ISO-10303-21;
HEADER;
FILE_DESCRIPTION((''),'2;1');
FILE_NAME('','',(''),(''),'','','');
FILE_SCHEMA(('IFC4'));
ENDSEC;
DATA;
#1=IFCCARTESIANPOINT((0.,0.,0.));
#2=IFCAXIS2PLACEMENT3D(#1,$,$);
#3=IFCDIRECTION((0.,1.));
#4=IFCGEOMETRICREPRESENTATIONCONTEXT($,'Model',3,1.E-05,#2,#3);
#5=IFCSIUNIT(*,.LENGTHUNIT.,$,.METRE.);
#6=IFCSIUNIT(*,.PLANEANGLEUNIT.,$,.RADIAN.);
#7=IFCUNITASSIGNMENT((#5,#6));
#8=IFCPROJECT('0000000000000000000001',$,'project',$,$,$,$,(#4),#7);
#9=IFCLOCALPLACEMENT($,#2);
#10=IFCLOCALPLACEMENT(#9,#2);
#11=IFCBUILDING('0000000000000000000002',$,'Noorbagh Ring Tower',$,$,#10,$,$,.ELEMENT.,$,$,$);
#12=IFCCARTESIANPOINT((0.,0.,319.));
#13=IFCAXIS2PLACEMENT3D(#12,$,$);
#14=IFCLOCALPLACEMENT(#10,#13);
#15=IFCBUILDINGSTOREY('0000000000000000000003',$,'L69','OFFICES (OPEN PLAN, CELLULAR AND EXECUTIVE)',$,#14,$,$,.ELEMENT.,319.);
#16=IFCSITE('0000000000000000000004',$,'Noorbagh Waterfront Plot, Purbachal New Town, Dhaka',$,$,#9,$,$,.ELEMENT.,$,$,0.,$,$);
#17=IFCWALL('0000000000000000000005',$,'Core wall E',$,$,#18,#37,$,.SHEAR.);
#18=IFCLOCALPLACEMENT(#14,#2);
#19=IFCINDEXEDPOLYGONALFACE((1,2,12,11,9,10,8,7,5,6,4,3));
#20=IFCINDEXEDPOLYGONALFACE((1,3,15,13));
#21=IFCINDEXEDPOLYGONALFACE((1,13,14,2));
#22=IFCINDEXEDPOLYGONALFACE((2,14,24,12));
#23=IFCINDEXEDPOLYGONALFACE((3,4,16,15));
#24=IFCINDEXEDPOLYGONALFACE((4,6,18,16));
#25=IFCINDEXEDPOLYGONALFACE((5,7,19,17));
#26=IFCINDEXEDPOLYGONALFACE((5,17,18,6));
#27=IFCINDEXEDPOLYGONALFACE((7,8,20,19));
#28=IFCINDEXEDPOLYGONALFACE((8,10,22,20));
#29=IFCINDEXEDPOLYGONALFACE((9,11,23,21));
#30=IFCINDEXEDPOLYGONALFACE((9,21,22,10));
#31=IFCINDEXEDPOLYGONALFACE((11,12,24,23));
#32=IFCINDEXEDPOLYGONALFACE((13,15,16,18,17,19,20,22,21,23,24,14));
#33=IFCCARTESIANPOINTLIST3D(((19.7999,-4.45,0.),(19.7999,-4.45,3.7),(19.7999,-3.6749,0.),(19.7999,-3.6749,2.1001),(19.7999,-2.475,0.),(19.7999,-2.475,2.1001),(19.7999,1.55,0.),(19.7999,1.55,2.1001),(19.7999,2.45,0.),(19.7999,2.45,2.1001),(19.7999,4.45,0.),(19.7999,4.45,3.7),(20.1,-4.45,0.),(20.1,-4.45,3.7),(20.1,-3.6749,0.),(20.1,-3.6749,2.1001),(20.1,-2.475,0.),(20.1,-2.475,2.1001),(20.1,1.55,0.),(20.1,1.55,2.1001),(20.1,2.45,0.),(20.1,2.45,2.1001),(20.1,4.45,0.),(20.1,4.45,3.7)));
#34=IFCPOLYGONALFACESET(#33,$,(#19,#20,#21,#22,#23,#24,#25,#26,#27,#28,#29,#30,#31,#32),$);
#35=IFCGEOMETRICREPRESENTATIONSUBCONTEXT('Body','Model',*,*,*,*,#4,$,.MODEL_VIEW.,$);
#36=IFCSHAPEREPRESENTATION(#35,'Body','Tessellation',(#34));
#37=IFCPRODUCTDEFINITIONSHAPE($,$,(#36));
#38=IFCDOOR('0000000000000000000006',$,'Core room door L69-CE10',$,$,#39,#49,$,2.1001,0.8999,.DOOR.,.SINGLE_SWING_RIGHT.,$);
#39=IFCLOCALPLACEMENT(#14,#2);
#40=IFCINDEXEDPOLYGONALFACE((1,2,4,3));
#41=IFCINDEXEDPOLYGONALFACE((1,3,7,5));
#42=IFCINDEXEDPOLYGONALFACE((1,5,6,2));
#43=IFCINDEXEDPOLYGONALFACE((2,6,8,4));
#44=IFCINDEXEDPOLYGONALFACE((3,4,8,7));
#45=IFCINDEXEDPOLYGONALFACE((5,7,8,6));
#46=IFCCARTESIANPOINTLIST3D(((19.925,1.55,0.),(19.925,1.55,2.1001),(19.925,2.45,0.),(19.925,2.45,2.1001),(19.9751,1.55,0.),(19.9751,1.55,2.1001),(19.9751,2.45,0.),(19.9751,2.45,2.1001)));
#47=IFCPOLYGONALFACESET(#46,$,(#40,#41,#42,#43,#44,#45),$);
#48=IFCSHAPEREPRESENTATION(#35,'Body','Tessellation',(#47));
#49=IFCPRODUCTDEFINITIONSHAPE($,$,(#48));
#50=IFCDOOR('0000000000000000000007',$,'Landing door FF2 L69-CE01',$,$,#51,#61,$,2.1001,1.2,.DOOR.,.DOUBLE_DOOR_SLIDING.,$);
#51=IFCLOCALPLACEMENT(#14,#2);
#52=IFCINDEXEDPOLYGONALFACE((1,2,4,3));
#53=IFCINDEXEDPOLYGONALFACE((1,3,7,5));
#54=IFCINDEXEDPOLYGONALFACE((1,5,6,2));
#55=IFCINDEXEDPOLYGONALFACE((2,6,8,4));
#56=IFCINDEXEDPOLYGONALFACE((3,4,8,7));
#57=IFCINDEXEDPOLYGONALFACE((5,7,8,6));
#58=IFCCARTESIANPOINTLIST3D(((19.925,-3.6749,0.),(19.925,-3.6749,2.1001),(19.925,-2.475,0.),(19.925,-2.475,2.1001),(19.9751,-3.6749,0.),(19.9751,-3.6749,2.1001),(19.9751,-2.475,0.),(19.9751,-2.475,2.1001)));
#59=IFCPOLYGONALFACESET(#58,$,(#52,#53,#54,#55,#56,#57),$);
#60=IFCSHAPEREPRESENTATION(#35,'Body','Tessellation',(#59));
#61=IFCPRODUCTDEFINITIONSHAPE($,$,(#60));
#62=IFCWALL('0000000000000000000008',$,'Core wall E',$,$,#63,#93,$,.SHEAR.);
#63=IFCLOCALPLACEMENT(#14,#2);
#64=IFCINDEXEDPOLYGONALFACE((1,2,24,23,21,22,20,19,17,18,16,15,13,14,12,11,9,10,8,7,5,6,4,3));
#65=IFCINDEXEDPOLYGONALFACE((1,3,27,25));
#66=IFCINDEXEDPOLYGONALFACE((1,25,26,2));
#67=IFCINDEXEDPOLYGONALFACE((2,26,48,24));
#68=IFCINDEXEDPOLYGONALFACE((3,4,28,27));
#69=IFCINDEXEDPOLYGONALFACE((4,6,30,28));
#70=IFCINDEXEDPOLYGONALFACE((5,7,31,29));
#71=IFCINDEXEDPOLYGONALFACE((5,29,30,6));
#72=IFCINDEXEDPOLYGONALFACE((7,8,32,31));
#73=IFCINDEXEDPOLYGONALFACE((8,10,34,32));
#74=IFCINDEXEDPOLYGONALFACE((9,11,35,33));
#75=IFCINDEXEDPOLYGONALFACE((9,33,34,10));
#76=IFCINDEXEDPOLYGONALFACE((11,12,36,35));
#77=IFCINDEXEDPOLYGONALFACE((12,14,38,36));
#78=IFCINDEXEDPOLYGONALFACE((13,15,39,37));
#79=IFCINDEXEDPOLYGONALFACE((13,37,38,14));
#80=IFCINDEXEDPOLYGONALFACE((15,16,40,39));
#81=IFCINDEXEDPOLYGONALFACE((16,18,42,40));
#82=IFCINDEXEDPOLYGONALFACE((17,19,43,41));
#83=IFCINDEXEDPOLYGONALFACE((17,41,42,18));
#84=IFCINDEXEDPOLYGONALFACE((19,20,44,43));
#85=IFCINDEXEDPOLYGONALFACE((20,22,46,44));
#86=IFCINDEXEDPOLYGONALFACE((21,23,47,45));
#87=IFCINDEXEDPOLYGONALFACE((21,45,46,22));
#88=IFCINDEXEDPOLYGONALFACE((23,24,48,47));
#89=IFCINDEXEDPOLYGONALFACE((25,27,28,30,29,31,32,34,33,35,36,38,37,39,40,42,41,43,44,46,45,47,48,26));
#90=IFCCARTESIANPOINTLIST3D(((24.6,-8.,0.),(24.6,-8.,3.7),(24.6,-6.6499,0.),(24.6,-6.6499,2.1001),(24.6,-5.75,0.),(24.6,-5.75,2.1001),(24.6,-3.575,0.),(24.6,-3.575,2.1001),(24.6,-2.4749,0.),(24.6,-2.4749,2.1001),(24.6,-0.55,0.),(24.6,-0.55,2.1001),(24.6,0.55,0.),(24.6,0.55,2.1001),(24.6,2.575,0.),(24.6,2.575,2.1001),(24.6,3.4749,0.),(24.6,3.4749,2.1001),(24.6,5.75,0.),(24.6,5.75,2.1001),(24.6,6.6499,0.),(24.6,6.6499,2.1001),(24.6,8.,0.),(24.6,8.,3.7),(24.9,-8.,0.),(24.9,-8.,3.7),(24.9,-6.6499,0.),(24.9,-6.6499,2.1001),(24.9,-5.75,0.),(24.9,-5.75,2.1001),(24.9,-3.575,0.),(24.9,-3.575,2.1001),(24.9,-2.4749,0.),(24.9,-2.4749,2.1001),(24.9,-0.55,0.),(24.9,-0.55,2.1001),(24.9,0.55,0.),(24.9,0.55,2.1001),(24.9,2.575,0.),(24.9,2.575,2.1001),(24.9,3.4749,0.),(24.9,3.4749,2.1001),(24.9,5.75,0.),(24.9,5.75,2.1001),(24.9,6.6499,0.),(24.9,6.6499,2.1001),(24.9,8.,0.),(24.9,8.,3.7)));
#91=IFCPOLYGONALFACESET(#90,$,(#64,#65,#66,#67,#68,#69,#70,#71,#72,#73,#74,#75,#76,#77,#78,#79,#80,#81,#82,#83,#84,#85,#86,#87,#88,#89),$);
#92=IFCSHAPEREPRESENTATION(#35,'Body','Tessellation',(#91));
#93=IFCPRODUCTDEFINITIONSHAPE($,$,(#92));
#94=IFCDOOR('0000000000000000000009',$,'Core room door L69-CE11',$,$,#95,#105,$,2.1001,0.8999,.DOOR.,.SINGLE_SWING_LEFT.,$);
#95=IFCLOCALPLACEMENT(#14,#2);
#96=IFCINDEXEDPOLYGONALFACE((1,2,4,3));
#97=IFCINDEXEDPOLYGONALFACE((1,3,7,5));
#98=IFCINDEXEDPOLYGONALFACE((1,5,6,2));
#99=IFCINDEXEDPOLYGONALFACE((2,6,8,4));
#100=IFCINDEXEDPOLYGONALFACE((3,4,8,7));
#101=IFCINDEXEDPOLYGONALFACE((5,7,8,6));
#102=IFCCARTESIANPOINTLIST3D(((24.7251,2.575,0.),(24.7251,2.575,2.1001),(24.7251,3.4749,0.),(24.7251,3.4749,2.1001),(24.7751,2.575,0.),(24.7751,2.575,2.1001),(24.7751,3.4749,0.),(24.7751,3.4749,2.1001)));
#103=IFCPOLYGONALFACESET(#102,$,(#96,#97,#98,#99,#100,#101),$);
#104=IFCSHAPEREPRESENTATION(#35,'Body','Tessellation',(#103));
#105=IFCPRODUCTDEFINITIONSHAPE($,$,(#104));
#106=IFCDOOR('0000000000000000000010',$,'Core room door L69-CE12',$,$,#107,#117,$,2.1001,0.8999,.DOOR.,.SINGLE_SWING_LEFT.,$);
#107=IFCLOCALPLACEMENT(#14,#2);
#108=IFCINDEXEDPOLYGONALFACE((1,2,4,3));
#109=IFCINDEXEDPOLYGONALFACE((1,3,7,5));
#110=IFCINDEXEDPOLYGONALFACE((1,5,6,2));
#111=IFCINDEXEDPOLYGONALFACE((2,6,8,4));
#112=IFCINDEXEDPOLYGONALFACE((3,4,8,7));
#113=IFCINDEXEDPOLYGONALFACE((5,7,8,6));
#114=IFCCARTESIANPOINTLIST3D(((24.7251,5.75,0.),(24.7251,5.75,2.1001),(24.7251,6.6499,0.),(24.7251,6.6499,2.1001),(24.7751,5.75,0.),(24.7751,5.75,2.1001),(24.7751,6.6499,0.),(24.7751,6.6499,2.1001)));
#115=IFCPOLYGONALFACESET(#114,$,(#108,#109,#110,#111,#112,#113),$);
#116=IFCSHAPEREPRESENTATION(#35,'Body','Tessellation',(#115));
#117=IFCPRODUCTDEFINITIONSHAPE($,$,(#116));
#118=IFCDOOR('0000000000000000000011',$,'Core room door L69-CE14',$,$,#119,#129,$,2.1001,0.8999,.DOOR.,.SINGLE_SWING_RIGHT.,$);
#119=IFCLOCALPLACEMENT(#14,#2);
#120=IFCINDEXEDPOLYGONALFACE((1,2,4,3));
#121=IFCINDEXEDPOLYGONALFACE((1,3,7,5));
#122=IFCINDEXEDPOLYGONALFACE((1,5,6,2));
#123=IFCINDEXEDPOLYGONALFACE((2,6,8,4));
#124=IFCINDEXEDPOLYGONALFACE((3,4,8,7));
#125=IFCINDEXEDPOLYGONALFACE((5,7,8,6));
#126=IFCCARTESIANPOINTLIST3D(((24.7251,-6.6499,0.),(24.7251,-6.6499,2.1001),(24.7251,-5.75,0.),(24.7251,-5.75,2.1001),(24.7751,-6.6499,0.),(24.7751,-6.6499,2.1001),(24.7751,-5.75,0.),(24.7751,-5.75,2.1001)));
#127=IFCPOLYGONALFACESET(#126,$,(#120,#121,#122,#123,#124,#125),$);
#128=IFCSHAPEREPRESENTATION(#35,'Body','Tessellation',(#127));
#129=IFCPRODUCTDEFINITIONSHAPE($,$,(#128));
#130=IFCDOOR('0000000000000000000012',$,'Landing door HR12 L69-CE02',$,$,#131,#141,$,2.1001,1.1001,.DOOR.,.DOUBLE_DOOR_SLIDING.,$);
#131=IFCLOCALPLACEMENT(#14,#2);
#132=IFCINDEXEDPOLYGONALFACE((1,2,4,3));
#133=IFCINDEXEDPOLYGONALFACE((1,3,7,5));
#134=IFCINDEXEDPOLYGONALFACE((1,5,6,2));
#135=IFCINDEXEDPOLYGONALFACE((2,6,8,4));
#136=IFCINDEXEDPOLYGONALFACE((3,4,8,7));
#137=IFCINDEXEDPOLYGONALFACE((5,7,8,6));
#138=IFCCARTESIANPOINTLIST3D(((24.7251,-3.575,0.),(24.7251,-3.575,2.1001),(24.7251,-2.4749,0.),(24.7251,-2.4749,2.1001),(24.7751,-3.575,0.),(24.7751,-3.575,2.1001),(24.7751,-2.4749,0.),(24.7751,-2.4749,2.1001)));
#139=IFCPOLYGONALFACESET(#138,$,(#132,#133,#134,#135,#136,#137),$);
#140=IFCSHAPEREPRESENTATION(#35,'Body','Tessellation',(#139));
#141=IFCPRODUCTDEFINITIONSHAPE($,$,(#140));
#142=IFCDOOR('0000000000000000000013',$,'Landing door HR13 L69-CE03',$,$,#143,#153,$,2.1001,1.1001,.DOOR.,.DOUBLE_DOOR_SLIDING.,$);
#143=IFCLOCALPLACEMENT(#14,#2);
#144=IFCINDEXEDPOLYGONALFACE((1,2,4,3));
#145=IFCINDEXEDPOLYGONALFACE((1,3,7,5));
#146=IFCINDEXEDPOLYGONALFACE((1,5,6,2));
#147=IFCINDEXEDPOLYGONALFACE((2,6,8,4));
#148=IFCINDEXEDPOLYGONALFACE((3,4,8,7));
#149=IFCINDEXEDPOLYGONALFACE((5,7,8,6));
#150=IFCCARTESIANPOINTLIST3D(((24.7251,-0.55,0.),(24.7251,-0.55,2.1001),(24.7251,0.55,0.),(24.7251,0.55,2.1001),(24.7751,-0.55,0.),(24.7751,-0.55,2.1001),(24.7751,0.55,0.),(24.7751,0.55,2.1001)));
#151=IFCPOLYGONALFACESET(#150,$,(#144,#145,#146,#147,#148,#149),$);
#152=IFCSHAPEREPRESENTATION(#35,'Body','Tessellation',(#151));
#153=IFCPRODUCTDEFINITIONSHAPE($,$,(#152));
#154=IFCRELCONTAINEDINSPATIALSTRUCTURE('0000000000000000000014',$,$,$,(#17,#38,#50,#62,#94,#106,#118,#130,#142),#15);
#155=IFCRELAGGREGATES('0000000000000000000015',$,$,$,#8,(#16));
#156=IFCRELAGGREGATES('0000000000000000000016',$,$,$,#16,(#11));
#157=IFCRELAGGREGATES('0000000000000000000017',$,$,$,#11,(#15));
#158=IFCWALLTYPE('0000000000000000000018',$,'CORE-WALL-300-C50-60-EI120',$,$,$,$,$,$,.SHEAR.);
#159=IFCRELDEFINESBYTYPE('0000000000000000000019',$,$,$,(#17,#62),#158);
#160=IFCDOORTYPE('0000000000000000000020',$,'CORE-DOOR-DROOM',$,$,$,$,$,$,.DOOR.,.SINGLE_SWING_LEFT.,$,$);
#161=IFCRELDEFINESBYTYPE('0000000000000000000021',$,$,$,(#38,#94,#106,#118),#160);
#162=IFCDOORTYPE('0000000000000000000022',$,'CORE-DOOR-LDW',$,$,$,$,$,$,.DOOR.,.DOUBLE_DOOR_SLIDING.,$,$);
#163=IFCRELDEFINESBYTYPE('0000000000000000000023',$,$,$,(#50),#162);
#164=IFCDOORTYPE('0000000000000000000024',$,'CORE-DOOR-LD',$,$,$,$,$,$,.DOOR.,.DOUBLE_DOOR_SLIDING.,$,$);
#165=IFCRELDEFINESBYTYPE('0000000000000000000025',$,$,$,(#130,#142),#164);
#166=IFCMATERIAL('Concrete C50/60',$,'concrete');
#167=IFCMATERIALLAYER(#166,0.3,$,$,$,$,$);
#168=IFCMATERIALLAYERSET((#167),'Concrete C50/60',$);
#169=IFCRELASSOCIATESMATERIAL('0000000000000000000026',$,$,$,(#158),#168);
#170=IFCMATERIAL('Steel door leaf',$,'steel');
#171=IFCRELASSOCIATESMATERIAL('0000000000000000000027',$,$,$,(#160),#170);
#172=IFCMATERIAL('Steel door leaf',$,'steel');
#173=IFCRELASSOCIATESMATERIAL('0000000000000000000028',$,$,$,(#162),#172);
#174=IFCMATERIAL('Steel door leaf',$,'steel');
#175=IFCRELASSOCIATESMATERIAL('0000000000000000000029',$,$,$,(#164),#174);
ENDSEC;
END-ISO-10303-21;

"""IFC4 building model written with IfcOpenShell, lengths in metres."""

from ifc_helpers import new_model, si_unit, direction, frame, frame_2d, origin, place, context, subcontext, project, spatial, rectangle, extrude, material, layer, layer_set, type_object, element, fill, save


model = new_model("IFC4")

# Units and contexts
model_context = context("Model", 3, precision=1e-05, world=origin(), true_north=direction((0.0, 1.0)))
body_context = subcontext(model_context, "Body", "Model", "MODEL_VIEW")
ifc_project = project(units=[si_unit("LENGTHUNIT", "METRE"), si_unit("PLANEANGLEUNIT", "RADIAN")], contexts=[model_context])

# Site, building, storey
site_placement = place(None, origin())
site = spatial("IfcSite", under=ifc_project, at=site_placement, Name="Noorbagh Waterfront Plot, Purbachal New Town, Dhaka", CompositionType="ELEMENT", RefElevation=0.0)
building_placement = place(site_placement, origin())
building = spatial("IfcBuilding", under=site, at=building_placement, Name="Noorbagh Ring Tower", CompositionType="ELEMENT")
storey_placement = place(building_placement, frame((0.0, 0.0, 319.0)))
storey = spatial("IfcBuildingStorey", under=building, at=storey_placement, Name="L69", Description="OFFICES (OPEN PLAN, CELLULAR AND EXECUTIVE)", CompositionType="ELEMENT", Elevation=319.0)

# Shared definitions
ifc_material_1 = material(Name="Concrete C50/60", Category="concrete")
ifc_layer_1 = layer(ifc_material_1, 0.3)
ifc_layer_set_1 = layer_set([ifc_layer_1], Name="Concrete C50/60")
wall_type_1 = type_object("IfcWallType", Name="CORE-WALL-300-C50-60-EI120", PredefinedType="SHEAR", material=ifc_layer_set_1)

# Walls, openings, doors
wall_1_placement = place(storey_placement, frame((19.95, -4.45, 0.0), z_axis=(0.0, 0.0, 1.0), x_axis=(0.0, 1.0, 0.0)))
wall_1 = element("IfcWall", 1, at=wall_1_placement, inside=storey, type_object=wall_type_1, Name="Core wall E", PredefinedType="SHEAR", context=body_context, shape_type="SweptSolid", body=[
    extrude(rectangle(XDim=8.8999, YDim=0.3, at=frame_2d((4.45, 0.0))), origin(), (0.0, 0.0, 1.0), 3.7),
])
opening_1_placement = place(wall_1_placement, frame((0.7749, 0.0, 0.0)))
opening_1 = element("IfcOpeningElement", 2, at=opening_1_placement, cuts=wall_1, PredefinedType="OPENING", context=body_context, shape_type="SweptSolid", body=[
    extrude(rectangle(XDim=1.2, YDim=2.1001, at=frame_2d((0.6001, 1.05))), frame((0.0, 0.1602, 0.0), z_axis=(0.0, -1.0, 0.0), x_axis=(1.0, 0.0, 0.0)), (0.0, 0.0, 1.0), 0.3201),
])
opening_2_placement = place(wall_1_placement, frame((6.0, 0.0, 0.0)))
opening_2 = element("IfcOpeningElement", 3, at=opening_2_placement, cuts=wall_1, PredefinedType="OPENING", context=body_context, shape_type="SweptSolid", body=[
    extrude(rectangle(XDim=0.8999, YDim=2.1001, at=frame_2d((0.45, 1.05))), frame((0.0, 0.1602, 0.0), z_axis=(0.0, -1.0, 0.0), x_axis=(1.0, 0.0, 0.0)), (0.0, 0.0, 1.0), 0.3201),
])
ifc_material_2 = material(Name="Steel door leaf", Category="steel")
door_type_1 = type_object("IfcDoorType", Name="CORE-DOOR-DROOM", OperationType="SINGLE_SWING_LEFT", PredefinedType="DOOR", material=ifc_material_2)
door_1_placement = place(opening_2_placement, origin())
door_1 = element("IfcDoor", 4, at=door_1_placement, inside=storey, type_object=door_type_1, Name="Core room door L69-CE10", OperationType="SINGLE_SWING_RIGHT", OverallHeight=2.1001, OverallWidth=0.8999, PredefinedType="DOOR", context=body_context, shape_type="SweptSolid", body=[
    extrude(rectangle(XDim=0.8999, YDim=2.1001, at=frame_2d((0.45, 1.05))), frame((0.0, 0.0249, 0.0), z_axis=(0.0, -1.0, 0.0), x_axis=(1.0, 0.0, 0.0)), (0.0, 0.0, 1.0), 0.05),
])
fill(opening_2, door_1)
ifc_material_3 = material(Name="Steel door leaf", Category="steel")
door_type_2 = type_object("IfcDoorType", Name="CORE-DOOR-LDW", OperationType="DOUBLE_DOOR_SLIDING", PredefinedType="DOOR", material=ifc_material_3)
door_2_placement = place(opening_1_placement, origin())
door_2 = element("IfcDoor", 5, at=door_2_placement, inside=storey, type_object=door_type_2, Name="Landing door FF2 L69-CE01", OperationType="DOUBLE_DOOR_SLIDING", OverallHeight=2.1001, OverallWidth=1.2, PredefinedType="DOOR", context=body_context, shape_type="SweptSolid", body=[
    extrude(rectangle(XDim=1.2, YDim=2.1001, at=frame_2d((0.6001, 1.05))), frame((0.0, 0.0249, 0.0), z_axis=(0.0, -1.0, 0.0), x_axis=(1.0, 0.0, 0.0)), (0.0, 0.0, 1.0), 0.05),
])
fill(opening_1, door_2)
wall_2_placement = place(storey_placement, frame((24.75, -8.0, 0.0), z_axis=(0.0, 0.0, 1.0), x_axis=(0.0, 1.0, 0.0)))
wall_2 = element("IfcWall", 6, at=wall_2_placement, inside=storey, type_object=wall_type_1, Name="Core wall E", PredefinedType="SHEAR", context=body_context, shape_type="SweptSolid", body=[
    extrude(rectangle(XDim=16.0, YDim=0.3, at=frame_2d((8.0, 0.0))), origin(), (0.0, 0.0, 1.0), 3.7),
])
opening_3_placement = place(wall_2_placement, frame((4.425, 0.0, 0.0)))
opening_3 = element("IfcOpeningElement", 7, at=opening_3_placement, cuts=wall_2, PredefinedType="OPENING", context=body_context, shape_type="SweptSolid", body=[
    extrude(rectangle(XDim=1.1001, YDim=2.1001, at=frame_2d((0.55, 1.05))), frame((0.0, 0.1602, 0.0), z_axis=(0.0, -1.0, 0.0), x_axis=(1.0, 0.0, 0.0)), (0.0, 0.0, 1.0), 0.3201),
])
opening_4_placement = place(wall_2_placement, frame((7.45, 0.0, 0.0)))
opening_4 = element("IfcOpeningElement", 8, at=opening_4_placement, cuts=wall_2, PredefinedType="OPENING", context=body_context, shape_type="SweptSolid", body=[
    extrude(rectangle(XDim=1.1001, YDim=2.1001, at=frame_2d((0.55, 1.05))), frame((0.0, 0.1602, 0.0), z_axis=(0.0, -1.0, 0.0), x_axis=(1.0, 0.0, 0.0)), (0.0, 0.0, 1.0), 0.3201),
])
opening_5_placement = place(wall_2_placement, frame((10.575, 0.0, 0.0)))
opening_5 = element("IfcOpeningElement", 9, at=opening_5_placement, cuts=wall_2, PredefinedType="OPENING", context=body_context, shape_type="SweptSolid", body=[
    extrude(rectangle(XDim=0.8999, YDim=2.1001, at=frame_2d((0.45, 1.05))), frame((0.0, 0.1602, 0.0), z_axis=(0.0, -1.0, 0.0), x_axis=(1.0, 0.0, 0.0)), (0.0, 0.0, 1.0), 0.3201),
])
opening_6_placement = place(wall_2_placement, frame((13.75, 0.0, 0.0)))
opening_6 = element("IfcOpeningElement", 10, at=opening_6_placement, cuts=wall_2, PredefinedType="OPENING", context=body_context, shape_type="SweptSolid", body=[
    extrude(rectangle(XDim=0.8999, YDim=2.1001, at=frame_2d((0.45, 1.05))), frame((0.0, 0.1602, 0.0), z_axis=(0.0, -1.0, 0.0), x_axis=(1.0, 0.0, 0.0)), (0.0, 0.0, 1.0), 0.3201),
])
opening_7_placement = place(wall_2_placement, frame((1.3501, 0.0, 0.0)))
opening_7 = element("IfcOpeningElement", 11, at=opening_7_placement, cuts=wall_2, PredefinedType="OPENING", context=body_context, shape_type="SweptSolid", body=[
    extrude(rectangle(XDim=0.8999, YDim=2.1001, at=frame_2d((0.45, 1.05))), frame((0.0, 0.1602, 0.0), z_axis=(0.0, -1.0, 0.0), x_axis=(1.0, 0.0, 0.0)), (0.0, 0.0, 1.0), 0.3201),
])
door_3_placement = place(opening_5_placement, origin())
door_3 = element("IfcDoor", 12, at=door_3_placement, inside=storey, type_object=door_type_1, Name="Core room door L69-CE11", OperationType="SINGLE_SWING_LEFT", OverallHeight=2.1001, OverallWidth=0.8999, PredefinedType="DOOR", context=body_context, shape_type="SweptSolid", body=[
    extrude(rectangle(XDim=0.8999, YDim=2.1001, at=frame_2d((0.45, 1.05))), frame((0.0, 0.0249, 0.0), z_axis=(0.0, -1.0, 0.0), x_axis=(1.0, 0.0, 0.0)), (0.0, 0.0, 1.0), 0.05),
])
fill(opening_5, door_3)
door_4_placement = place(opening_6_placement, origin())
door_4 = element("IfcDoor", 13, at=door_4_placement, inside=storey, type_object=door_type_1, Name="Core room door L69-CE12", OperationType="SINGLE_SWING_LEFT", OverallHeight=2.1001, OverallWidth=0.8999, PredefinedType="DOOR", context=body_context, shape_type="SweptSolid", body=[
    extrude(rectangle(XDim=0.8999, YDim=2.1001, at=frame_2d((0.45, 1.05))), frame((0.0, 0.0249, 0.0), z_axis=(0.0, -1.0, 0.0), x_axis=(1.0, 0.0, 0.0)), (0.0, 0.0, 1.0), 0.05),
])
fill(opening_6, door_4)
door_5_placement = place(opening_7_placement, origin())
door_5 = element("IfcDoor", 14, at=door_5_placement, inside=storey, type_object=door_type_1, Name="Core room door L69-CE14", OperationType="SINGLE_SWING_RIGHT", OverallHeight=2.1001, OverallWidth=0.8999, PredefinedType="DOOR", context=body_context, shape_type="SweptSolid", body=[
    extrude(rectangle(XDim=0.8999, YDim=2.1001, at=frame_2d((0.45, 1.05))), frame((0.0, 0.0249, 0.0), z_axis=(0.0, -1.0, 0.0), x_axis=(1.0, 0.0, 0.0)), (0.0, 0.0, 1.0), 0.05),
])
fill(opening_7, door_5)
ifc_material_4 = material(Name="Steel door leaf", Category="steel")
door_type_3 = type_object("IfcDoorType", Name="CORE-DOOR-LD", OperationType="DOUBLE_DOOR_SLIDING", PredefinedType="DOOR", material=ifc_material_4)
door_6_placement = place(opening_3_placement, origin())
door_6 = element("IfcDoor", 15, at=door_6_placement, inside=storey, type_object=door_type_3, Name="Landing door HR12 L69-CE02", OperationType="DOUBLE_DOOR_SLIDING", OverallHeight=2.1001, OverallWidth=1.1001, PredefinedType="DOOR", context=body_context, shape_type="SweptSolid", body=[
    extrude(rectangle(XDim=1.1001, YDim=2.1001, at=frame_2d((0.55, 1.05))), frame((0.0, 0.0249, 0.0), z_axis=(0.0, -1.0, 0.0), x_axis=(1.0, 0.0, 0.0)), (0.0, 0.0, 1.0), 0.05),
])
fill(opening_3, door_6)
door_7_placement = place(opening_4_placement, origin())
door_7 = element("IfcDoor", 16, at=door_7_placement, inside=storey, type_object=door_type_3, Name="Landing door HR13 L69-CE03", OperationType="DOUBLE_DOOR_SLIDING", OverallHeight=2.1001, OverallWidth=1.1001, PredefinedType="DOOR", context=body_context, shape_type="SweptSolid", body=[
    extrude(rectangle(XDim=1.1001, YDim=2.1001, at=frame_2d((0.55, 1.05))), frame((0.0, 0.0249, 0.0), z_axis=(0.0, -1.0, 0.0), x_axis=(1.0, 0.0, 0.0)), (0.0, 0.0, 1.0), 0.05),
])
fill(opening_4, door_7)

save(model, "model.ifc")
